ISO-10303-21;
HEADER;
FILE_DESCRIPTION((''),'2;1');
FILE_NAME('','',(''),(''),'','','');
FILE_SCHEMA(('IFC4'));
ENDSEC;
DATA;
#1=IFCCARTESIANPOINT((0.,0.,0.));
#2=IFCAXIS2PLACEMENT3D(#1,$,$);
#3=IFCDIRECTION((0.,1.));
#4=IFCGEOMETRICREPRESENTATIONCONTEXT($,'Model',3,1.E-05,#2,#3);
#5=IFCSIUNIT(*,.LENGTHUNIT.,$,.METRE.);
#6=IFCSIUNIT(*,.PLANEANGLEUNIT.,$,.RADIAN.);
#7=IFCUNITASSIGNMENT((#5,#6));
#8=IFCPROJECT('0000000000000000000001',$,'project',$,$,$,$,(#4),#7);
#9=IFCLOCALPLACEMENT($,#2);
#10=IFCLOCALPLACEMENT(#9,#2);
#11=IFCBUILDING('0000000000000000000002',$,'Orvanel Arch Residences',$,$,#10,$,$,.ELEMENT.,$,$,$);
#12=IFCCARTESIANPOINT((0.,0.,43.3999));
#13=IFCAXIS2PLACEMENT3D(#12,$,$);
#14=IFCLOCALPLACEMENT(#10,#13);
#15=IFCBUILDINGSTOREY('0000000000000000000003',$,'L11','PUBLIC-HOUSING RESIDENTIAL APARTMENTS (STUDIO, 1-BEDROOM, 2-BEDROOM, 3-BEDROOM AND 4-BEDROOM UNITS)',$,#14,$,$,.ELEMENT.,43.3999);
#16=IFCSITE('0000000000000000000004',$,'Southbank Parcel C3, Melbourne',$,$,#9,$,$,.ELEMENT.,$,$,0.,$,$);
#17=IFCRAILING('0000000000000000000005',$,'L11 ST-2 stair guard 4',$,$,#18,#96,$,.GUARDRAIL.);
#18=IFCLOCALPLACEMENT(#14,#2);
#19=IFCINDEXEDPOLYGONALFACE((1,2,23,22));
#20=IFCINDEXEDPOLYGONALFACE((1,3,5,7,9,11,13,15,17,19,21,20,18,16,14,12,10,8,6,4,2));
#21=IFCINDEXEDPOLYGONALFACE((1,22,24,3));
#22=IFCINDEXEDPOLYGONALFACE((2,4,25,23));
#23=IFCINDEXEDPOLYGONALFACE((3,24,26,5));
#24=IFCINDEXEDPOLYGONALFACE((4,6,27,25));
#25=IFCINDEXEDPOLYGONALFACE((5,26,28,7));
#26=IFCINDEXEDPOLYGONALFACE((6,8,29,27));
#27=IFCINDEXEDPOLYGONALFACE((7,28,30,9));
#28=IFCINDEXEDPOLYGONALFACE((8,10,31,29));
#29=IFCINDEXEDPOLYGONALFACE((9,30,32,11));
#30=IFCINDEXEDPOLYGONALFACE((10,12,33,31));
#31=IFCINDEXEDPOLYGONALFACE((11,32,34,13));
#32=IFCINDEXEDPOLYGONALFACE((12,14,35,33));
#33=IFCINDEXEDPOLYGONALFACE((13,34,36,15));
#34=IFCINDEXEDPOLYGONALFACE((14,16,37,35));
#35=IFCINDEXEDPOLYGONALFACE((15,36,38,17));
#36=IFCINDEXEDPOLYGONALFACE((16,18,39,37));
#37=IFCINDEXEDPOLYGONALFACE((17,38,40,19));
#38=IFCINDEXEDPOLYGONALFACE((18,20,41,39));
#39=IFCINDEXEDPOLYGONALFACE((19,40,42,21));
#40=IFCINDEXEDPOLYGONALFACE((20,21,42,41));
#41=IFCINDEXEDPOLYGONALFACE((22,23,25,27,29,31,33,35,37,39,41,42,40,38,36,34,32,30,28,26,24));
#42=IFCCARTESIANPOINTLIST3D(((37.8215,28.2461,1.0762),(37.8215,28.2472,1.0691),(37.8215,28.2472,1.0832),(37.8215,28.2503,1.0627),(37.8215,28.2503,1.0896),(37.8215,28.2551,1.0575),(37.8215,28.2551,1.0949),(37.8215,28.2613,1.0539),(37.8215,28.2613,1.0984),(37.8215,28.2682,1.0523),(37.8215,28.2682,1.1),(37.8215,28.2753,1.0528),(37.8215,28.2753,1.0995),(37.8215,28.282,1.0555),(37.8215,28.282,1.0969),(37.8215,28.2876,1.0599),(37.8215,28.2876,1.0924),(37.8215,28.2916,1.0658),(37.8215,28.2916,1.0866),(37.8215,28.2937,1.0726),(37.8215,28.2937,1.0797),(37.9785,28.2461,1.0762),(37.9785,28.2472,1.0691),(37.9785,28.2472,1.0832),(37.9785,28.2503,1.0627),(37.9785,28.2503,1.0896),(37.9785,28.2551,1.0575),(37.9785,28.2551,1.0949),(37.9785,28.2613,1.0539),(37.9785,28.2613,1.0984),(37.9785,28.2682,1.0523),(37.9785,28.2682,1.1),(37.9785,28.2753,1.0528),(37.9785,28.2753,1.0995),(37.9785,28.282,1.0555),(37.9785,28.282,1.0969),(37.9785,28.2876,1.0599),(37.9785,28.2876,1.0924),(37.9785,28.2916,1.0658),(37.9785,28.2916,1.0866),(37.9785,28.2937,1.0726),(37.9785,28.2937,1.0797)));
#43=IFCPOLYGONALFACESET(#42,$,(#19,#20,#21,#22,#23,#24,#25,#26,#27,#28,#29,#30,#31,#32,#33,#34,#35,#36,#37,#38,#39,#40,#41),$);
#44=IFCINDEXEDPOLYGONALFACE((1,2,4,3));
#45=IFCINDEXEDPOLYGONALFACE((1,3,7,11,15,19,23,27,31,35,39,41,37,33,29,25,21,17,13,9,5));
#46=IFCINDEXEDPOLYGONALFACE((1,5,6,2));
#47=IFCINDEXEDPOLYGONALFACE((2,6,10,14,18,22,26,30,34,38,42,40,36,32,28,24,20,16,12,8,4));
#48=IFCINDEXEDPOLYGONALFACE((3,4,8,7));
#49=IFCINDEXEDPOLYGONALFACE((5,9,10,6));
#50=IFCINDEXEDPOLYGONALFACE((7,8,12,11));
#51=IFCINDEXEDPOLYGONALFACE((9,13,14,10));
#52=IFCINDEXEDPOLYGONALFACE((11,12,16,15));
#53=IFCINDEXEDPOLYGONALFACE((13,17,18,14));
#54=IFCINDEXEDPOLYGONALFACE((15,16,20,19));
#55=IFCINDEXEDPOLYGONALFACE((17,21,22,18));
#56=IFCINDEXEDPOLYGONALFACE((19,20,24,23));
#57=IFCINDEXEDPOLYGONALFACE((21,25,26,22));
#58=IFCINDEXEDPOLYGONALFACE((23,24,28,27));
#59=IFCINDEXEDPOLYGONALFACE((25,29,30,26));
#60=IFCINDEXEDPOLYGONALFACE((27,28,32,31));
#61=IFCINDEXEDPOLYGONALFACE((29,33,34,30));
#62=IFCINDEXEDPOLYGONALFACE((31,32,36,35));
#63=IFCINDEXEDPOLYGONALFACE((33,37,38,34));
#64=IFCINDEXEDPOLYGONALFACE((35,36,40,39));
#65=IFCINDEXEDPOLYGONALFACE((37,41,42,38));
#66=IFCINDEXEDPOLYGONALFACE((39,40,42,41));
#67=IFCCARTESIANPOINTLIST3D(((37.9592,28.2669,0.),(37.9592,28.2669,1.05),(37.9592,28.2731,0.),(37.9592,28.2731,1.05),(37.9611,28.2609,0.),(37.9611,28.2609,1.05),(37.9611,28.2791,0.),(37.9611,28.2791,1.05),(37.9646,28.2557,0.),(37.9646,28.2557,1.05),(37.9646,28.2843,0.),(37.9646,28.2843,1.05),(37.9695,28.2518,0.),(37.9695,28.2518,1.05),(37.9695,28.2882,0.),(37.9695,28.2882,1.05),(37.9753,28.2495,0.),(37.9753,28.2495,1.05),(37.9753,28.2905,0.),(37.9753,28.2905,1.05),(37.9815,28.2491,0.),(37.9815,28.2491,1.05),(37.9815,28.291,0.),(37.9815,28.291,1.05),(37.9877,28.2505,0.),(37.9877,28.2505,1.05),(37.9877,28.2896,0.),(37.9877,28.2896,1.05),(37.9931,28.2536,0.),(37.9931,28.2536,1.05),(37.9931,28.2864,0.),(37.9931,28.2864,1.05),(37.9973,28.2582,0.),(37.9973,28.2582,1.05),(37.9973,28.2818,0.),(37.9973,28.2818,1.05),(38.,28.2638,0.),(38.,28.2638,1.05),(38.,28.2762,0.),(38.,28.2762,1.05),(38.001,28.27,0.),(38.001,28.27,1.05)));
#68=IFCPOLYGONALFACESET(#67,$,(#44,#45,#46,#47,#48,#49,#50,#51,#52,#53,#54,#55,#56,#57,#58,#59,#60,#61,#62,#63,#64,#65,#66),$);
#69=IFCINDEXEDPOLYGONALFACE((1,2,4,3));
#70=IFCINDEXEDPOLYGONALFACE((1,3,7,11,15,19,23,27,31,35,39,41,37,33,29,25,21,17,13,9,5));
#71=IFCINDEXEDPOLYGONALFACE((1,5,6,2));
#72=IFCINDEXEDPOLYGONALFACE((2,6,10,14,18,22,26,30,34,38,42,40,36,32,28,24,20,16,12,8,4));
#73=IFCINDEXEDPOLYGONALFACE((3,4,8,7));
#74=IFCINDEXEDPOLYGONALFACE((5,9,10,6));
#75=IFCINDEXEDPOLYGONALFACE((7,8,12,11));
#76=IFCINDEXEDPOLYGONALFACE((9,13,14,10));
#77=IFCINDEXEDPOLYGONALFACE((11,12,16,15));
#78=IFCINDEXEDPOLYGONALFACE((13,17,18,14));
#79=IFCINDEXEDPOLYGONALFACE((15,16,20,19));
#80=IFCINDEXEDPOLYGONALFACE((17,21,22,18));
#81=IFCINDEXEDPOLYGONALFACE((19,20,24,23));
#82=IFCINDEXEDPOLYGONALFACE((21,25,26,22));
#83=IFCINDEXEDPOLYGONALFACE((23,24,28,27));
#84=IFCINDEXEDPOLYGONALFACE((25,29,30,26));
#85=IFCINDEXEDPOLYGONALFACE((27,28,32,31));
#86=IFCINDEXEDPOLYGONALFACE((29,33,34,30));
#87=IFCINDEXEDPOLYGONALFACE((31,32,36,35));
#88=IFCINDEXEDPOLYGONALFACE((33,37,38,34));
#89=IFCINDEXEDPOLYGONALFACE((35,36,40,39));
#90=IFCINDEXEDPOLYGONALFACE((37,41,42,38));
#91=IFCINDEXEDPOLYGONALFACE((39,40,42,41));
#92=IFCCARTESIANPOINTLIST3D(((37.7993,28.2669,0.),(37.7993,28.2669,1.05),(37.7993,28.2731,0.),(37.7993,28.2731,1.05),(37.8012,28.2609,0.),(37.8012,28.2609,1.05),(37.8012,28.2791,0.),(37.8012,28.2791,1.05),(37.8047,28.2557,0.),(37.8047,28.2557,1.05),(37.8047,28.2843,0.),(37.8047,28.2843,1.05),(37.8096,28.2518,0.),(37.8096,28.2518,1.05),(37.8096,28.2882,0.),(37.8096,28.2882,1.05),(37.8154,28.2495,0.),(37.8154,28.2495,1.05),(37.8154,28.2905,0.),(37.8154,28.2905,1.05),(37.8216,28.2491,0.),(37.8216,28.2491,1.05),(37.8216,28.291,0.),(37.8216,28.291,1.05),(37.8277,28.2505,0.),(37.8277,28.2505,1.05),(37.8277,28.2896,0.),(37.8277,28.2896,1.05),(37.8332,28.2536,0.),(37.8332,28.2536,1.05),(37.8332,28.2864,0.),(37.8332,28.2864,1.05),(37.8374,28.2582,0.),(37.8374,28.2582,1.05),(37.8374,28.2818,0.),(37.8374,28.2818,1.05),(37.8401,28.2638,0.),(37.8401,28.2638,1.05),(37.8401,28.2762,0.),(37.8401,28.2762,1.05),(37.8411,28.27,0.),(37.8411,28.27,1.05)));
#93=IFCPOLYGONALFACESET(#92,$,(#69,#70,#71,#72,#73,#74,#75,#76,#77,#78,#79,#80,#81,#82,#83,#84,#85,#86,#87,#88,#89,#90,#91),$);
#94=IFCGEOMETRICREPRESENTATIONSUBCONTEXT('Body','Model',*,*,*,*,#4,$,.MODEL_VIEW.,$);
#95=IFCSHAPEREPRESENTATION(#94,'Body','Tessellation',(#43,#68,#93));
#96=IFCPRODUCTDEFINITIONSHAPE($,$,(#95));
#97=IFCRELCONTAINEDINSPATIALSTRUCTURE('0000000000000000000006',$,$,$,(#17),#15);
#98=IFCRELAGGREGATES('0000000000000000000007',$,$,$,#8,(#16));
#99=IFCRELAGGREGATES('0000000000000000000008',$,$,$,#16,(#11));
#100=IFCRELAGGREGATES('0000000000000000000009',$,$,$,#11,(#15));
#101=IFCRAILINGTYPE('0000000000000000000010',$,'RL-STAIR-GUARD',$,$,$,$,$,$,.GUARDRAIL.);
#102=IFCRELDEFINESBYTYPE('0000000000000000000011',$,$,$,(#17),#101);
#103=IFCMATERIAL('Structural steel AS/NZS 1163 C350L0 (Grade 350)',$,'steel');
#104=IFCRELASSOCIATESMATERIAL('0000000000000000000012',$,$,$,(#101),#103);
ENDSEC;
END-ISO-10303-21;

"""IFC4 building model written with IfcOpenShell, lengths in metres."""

from ifc_helpers import new_model, si_unit, direction, frame, origin, origin_2d, place, context, subcontext, project, spatial, circle, extrude, material, type_object, element, save


model = new_model("IFC4")

# Units and contexts
model_context = context("Model", 3, precision=1e-05, world=origin(), true_north=direction((0.0, 1.0)))
body_context = subcontext(model_context, "Body", "Model", "MODEL_VIEW")
ifc_project = project(units=[si_unit("LENGTHUNIT", "METRE"), si_unit("PLANEANGLEUNIT", "RADIAN")], contexts=[model_context])

# Site, building, storey
site_placement = place(None, origin())
site = spatial("IfcSite", under=ifc_project, at=site_placement, Name="Southbank Parcel C3, Melbourne", CompositionType="ELEMENT", RefElevation=0.0)
building_placement = place(site_placement, origin())
building = spatial("IfcBuilding", under=site, at=building_placement, Name="Orvanel Arch Residences", CompositionType="ELEMENT")
storey_placement = place(building_placement, frame((0.0, 0.0, 43.3999)))
storey = spatial("IfcBuildingStorey", under=building, at=storey_placement, Name="L11", Description="PUBLIC-HOUSING RESIDENTIAL APARTMENTS (STUDIO, 1-BEDROOM, 2-BEDROOM, 3-BEDROOM AND 4-BEDROOM UNITS)", CompositionType="ELEMENT", Elevation=43.3999)

# Railing
ifc_material_1 = material(Name="Structural steel AS/NZS 1163 C350L0 (Grade 350)", Category="steel")
railing_type_1 = type_object("IfcRailingType", Name="RL-STAIR-GUARD", PredefinedType="GUARDRAIL", material=ifc_material_1)
railing_1_placement = place(storey_placement, frame((37.98, 28.27, 0.0)))
element("IfcRailing", 1, at=railing_1_placement, inside=storey, type_object=railing_type_1, Name="L11 ST-2 stair guard 4", PredefinedType="GUARDRAIL", context=body_context, shape_type="SweptSolid", body=[
    extrude(circle(Radius=0.0239, at=origin_2d()), frame((-0.0015, 0.0, 1.0762), z_axis=(-1.0, 0.0, 0.0), x_axis=(0.0, -1.0, 0.0)), (0.0, 0.0, 1.0), 0.157),
    extrude(circle(Radius=0.021, at=origin_2d()), origin(), (0.0, 0.0, 1.0), 1.05),
    extrude(circle(Radius=0.021, at=origin_2d()), frame((-0.1599, 0.0, 0.0)), (0.0, 0.0, 1.0), 1.05),
])

save(model, "model.ifc")
